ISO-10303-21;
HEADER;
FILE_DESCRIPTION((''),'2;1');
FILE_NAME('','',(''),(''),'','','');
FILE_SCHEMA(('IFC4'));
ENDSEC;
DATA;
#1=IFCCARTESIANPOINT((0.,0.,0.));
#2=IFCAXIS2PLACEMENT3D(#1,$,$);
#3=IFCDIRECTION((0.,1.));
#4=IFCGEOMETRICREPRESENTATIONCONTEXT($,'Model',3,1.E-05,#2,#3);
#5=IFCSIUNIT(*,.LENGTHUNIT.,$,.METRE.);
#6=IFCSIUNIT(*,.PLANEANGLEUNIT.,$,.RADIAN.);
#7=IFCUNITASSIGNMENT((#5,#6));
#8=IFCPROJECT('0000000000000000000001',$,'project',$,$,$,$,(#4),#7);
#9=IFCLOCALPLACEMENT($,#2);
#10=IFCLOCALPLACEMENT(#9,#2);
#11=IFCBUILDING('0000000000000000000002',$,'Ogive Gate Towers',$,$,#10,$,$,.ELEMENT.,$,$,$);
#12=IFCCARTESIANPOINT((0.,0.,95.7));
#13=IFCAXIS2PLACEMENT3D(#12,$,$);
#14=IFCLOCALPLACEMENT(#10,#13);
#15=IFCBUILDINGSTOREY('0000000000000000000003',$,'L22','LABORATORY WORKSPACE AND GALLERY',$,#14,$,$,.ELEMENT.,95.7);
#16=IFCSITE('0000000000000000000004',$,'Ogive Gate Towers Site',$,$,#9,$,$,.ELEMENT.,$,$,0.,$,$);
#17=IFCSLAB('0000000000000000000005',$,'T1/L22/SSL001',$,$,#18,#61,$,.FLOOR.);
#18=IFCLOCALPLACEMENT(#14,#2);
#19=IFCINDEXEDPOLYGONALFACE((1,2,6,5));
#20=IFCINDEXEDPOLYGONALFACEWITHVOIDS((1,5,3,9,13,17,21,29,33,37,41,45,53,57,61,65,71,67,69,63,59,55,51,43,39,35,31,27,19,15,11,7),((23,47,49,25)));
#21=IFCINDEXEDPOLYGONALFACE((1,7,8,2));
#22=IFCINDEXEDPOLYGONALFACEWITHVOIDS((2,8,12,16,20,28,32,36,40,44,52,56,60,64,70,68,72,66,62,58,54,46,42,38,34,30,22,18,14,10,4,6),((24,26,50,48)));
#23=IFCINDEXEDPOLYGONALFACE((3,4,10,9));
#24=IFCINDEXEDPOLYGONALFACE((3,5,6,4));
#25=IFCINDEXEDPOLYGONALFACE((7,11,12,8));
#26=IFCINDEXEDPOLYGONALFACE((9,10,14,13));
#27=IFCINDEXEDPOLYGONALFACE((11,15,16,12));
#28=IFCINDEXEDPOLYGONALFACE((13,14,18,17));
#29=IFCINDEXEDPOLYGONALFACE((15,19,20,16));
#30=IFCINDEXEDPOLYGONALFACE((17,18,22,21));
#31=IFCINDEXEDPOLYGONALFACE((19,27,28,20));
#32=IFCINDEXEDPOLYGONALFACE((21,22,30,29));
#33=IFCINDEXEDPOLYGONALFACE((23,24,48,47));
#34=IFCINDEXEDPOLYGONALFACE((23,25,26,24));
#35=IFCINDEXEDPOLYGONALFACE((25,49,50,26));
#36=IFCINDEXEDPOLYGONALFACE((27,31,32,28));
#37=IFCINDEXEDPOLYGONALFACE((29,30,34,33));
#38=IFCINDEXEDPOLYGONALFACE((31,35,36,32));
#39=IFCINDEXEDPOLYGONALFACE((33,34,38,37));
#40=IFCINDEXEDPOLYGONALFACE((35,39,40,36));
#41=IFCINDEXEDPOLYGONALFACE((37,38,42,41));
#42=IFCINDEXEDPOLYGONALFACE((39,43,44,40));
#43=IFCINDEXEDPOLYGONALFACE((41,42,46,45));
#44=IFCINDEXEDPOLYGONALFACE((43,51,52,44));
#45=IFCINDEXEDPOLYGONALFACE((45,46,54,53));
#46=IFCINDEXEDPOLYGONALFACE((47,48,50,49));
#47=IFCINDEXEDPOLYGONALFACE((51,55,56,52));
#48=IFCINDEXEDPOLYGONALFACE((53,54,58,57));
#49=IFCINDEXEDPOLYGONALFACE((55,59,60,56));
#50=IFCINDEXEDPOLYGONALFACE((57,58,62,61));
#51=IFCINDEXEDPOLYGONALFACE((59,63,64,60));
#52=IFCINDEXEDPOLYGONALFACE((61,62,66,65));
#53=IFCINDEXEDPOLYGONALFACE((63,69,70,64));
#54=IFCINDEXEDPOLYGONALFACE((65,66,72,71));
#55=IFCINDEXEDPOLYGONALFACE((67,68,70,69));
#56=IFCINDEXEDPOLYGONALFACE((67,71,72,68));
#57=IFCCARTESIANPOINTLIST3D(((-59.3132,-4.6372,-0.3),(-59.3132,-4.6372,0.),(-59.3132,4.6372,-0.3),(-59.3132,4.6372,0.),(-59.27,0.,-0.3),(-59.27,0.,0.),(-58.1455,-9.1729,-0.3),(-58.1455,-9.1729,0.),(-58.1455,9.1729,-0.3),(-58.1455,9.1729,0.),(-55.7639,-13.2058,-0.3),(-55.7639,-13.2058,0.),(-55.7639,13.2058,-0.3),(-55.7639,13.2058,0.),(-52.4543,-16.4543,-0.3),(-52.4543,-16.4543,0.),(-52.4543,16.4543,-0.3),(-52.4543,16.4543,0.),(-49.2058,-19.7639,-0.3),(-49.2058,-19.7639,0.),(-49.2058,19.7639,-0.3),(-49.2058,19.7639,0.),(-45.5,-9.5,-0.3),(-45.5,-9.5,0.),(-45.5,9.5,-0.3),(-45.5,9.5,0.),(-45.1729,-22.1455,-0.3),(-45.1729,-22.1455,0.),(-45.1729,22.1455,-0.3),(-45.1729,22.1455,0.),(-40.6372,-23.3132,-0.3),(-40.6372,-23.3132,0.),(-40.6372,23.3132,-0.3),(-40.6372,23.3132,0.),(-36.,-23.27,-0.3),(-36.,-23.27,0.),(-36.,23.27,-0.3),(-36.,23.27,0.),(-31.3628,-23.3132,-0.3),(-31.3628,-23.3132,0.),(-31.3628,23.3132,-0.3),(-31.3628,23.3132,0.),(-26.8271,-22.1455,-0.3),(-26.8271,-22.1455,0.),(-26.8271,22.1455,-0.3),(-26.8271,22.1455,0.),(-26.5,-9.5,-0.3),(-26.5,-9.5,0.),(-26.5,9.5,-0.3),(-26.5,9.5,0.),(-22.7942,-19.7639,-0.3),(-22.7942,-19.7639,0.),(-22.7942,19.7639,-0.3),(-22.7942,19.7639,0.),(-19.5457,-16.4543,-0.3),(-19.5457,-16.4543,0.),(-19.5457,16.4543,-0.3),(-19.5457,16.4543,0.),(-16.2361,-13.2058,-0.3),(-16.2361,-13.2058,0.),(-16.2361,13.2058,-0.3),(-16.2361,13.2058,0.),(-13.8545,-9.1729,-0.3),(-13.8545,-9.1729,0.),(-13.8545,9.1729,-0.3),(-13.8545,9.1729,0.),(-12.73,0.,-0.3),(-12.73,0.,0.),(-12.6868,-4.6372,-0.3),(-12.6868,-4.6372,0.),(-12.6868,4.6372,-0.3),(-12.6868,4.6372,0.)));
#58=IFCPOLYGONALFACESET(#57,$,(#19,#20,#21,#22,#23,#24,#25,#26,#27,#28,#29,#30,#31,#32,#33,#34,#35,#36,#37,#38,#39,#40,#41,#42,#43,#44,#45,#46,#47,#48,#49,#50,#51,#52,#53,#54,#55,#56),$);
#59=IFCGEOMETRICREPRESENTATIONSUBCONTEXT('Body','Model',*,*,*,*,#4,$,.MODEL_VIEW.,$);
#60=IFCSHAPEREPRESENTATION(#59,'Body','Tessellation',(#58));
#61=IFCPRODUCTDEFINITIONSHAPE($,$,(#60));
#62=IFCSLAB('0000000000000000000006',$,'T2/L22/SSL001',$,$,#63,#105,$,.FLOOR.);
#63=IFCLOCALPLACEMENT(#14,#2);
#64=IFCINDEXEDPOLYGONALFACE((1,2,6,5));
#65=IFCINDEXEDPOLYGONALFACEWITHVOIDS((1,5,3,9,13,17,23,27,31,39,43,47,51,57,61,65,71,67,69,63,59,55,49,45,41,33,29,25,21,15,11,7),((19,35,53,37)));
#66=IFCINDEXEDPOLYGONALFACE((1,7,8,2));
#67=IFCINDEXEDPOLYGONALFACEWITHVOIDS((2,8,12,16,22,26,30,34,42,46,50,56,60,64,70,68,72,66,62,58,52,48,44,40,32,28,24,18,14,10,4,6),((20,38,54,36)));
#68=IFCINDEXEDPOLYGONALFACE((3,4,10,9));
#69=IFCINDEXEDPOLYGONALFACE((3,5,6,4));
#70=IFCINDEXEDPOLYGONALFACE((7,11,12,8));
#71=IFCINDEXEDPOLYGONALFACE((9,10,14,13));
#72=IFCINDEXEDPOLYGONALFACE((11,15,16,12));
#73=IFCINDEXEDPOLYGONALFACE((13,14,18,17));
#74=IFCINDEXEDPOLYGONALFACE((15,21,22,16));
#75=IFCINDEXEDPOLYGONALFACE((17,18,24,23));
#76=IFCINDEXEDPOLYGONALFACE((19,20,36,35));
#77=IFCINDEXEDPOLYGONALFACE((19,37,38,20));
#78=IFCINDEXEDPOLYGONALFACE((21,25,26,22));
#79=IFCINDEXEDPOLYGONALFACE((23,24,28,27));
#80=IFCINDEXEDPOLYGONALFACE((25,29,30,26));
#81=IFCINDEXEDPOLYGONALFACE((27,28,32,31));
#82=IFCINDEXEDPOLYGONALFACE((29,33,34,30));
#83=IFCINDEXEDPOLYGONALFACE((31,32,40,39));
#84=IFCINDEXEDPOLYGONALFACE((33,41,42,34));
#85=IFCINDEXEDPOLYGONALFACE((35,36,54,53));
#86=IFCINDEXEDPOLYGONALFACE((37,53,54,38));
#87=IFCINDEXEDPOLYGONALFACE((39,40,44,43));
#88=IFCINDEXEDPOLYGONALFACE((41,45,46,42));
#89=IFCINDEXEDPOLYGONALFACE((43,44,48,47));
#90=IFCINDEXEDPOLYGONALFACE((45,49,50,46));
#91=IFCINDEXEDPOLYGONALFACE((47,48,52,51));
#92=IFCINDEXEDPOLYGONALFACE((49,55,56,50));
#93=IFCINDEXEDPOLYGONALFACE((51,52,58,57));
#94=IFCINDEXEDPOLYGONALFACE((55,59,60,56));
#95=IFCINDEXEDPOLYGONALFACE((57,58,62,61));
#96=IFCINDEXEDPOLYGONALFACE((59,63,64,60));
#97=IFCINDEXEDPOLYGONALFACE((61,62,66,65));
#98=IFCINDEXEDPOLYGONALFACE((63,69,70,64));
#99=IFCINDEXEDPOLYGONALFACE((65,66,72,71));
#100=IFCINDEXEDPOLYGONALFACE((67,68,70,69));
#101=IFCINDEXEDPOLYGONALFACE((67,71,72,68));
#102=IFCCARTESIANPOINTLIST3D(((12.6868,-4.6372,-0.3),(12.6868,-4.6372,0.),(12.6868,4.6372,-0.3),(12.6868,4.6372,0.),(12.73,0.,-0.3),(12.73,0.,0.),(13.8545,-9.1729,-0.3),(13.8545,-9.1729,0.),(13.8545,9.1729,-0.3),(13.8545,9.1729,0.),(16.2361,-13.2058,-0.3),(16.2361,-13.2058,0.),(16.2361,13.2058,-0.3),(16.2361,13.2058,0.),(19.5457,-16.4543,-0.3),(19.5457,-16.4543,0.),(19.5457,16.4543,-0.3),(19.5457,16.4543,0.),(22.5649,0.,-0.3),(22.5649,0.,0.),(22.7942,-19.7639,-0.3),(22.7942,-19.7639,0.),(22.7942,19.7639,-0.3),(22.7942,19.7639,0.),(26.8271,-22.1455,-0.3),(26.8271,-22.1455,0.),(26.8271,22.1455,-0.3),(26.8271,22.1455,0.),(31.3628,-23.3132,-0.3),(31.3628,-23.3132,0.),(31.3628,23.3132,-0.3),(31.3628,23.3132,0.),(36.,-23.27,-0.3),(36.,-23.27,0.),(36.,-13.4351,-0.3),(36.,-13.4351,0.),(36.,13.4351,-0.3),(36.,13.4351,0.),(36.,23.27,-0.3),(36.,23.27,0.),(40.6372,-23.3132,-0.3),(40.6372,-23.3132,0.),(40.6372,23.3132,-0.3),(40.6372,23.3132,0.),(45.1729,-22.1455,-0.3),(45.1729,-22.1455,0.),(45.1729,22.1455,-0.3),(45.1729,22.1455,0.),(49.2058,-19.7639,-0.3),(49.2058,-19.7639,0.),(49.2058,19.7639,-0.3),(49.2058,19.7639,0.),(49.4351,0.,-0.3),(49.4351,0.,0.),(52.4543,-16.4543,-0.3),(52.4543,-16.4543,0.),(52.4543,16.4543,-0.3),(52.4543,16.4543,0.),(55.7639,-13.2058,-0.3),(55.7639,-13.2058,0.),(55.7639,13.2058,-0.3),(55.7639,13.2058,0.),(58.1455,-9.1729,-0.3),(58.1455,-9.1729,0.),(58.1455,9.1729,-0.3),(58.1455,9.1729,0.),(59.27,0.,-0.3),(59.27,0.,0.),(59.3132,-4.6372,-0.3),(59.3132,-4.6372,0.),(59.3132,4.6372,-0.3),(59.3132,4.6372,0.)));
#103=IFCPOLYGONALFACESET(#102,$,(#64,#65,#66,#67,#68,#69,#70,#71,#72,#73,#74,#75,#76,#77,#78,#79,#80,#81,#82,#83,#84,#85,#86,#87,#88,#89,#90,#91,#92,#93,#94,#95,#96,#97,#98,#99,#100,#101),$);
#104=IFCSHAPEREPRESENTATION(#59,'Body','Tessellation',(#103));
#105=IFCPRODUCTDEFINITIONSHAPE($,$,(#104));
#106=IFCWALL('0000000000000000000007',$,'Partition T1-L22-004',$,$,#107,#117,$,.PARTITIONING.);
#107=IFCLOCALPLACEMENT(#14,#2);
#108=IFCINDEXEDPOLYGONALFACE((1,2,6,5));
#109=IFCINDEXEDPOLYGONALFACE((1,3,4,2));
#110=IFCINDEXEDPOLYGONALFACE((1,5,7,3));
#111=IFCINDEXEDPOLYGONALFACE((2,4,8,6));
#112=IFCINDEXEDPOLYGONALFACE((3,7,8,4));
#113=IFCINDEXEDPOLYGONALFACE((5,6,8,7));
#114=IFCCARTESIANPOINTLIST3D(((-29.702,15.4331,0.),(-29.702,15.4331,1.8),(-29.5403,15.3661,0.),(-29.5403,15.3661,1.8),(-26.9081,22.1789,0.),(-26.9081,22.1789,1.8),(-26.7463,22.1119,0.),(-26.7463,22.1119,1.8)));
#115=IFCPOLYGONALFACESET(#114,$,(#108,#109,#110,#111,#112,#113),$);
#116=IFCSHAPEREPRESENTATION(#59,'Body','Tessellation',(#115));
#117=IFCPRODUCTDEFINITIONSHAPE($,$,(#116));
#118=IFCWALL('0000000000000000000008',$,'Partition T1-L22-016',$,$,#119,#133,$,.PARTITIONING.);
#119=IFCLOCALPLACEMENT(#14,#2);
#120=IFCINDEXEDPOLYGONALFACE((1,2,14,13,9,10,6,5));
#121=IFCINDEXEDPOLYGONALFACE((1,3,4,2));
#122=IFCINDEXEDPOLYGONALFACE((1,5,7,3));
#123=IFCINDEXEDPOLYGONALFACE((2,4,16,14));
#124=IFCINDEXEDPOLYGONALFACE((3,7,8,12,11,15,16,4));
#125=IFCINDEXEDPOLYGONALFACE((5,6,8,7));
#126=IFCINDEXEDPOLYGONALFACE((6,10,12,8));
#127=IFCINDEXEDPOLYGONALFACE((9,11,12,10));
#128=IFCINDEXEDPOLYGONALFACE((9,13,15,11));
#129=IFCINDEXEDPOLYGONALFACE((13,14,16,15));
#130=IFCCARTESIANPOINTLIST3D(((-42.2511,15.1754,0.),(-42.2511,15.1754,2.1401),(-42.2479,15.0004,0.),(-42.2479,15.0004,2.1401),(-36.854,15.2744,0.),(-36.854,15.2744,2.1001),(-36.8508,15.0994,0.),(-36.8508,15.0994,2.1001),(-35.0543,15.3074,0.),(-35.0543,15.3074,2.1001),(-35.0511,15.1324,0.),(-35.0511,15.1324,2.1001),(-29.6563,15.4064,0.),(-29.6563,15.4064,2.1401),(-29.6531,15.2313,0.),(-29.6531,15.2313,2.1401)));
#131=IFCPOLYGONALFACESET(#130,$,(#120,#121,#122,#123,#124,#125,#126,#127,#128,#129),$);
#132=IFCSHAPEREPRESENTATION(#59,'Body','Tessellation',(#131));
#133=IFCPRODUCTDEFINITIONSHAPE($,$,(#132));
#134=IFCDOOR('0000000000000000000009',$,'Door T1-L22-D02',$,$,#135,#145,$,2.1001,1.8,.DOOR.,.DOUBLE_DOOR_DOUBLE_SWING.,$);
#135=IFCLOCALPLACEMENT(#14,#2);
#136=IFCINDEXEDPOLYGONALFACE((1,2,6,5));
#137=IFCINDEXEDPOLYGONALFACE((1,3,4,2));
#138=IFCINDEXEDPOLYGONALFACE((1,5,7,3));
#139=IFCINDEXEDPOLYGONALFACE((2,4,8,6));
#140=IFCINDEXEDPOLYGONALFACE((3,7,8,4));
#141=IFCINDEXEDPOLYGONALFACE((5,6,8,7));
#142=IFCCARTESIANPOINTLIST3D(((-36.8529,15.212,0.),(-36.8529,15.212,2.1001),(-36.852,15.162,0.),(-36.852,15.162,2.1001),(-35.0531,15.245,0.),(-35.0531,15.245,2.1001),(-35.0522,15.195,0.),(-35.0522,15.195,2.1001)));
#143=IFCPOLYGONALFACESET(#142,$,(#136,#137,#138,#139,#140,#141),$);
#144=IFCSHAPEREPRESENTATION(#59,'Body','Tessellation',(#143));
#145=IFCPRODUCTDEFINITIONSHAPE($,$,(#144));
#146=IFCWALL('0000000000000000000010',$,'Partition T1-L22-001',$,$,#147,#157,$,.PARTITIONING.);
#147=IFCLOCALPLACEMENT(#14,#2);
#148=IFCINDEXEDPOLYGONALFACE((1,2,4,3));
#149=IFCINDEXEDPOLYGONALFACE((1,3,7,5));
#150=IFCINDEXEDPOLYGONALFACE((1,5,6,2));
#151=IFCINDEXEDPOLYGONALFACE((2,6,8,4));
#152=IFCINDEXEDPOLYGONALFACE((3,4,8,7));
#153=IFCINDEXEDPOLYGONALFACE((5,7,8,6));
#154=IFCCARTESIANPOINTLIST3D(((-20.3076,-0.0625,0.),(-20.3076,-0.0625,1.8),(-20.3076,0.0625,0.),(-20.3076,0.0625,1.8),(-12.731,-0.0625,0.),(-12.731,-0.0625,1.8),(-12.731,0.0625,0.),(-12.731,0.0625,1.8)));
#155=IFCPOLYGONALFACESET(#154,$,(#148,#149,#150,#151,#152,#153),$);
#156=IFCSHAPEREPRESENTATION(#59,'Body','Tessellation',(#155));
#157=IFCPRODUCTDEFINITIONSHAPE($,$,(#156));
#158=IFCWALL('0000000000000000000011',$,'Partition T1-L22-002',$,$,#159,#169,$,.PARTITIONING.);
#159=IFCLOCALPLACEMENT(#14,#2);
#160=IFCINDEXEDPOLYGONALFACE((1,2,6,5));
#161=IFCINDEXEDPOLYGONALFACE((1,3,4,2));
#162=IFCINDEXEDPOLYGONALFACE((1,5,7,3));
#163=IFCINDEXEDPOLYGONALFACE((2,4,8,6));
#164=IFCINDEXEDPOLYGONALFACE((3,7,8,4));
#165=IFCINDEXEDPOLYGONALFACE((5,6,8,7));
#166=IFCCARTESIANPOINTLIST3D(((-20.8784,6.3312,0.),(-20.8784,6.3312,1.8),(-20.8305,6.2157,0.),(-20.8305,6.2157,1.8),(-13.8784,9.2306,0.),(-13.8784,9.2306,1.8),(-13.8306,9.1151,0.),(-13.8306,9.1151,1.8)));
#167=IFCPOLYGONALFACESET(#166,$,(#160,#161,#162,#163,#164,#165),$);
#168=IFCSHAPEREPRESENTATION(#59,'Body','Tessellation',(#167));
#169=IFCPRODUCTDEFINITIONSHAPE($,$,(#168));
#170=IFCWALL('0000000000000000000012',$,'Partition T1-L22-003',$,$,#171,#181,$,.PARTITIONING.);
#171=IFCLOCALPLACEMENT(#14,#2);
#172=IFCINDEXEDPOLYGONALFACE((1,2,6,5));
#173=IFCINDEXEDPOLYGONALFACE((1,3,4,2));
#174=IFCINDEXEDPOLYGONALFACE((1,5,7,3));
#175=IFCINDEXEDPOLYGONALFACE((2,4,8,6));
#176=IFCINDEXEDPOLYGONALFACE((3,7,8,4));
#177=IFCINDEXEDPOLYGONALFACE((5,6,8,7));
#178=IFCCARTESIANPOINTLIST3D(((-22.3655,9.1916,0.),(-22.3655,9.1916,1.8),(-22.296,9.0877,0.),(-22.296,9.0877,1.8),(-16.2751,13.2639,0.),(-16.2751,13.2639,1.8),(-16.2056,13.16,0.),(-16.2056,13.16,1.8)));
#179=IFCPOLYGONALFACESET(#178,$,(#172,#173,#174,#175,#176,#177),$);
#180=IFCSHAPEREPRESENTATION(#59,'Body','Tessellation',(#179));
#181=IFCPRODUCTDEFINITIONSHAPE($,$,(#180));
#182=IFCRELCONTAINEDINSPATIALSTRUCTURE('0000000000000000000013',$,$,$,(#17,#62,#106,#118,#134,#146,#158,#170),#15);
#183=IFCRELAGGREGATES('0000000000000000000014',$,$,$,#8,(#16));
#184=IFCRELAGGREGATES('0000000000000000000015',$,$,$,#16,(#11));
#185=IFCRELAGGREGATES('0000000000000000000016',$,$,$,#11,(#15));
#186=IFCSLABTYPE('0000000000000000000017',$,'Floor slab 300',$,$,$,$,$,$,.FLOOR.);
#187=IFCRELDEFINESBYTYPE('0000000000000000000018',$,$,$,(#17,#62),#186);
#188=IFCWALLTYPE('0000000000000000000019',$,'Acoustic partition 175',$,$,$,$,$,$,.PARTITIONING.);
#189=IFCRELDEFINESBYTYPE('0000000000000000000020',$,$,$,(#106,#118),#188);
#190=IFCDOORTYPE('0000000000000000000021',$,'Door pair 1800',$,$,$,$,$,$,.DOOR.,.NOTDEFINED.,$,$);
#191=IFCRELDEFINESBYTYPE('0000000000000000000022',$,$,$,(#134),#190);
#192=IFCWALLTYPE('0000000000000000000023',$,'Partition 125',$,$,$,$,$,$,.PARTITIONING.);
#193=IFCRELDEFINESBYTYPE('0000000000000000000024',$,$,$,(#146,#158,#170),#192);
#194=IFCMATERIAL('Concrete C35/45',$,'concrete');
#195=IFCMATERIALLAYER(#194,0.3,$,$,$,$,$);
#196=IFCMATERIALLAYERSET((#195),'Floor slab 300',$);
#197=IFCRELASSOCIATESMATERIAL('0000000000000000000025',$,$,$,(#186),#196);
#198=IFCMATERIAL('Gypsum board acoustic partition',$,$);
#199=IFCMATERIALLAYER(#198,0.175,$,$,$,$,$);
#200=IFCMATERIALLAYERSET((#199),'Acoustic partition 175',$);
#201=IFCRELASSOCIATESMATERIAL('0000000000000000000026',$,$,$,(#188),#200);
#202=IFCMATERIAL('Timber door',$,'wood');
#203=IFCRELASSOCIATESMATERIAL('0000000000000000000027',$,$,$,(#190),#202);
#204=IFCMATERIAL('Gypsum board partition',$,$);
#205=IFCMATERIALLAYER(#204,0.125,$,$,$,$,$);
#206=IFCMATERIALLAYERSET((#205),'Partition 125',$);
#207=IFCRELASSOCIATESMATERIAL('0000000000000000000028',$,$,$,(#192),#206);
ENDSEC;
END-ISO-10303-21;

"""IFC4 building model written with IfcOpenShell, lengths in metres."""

from ifc_helpers import new_model, si_unit, direction, frame, frame_2d, origin, place, context, subcontext, project, spatial, polyline, rectangle, outline, extrude, material, layer, layer_set, type_object, element, fill, save


model = new_model("IFC4")

# Units and contexts
model_context = context("Model", 3, precision=1e-05, world=origin(), true_north=direction((0.0, 1.0)))
body_context = subcontext(model_context, "Body", "Model", "MODEL_VIEW")
ifc_project = project(units=[si_unit("LENGTHUNIT", "METRE"), si_unit("PLANEANGLEUNIT", "RADIAN")], contexts=[model_context])

# Site, building, storey
site_placement = place(None, origin())
site = spatial("IfcSite", under=ifc_project, at=site_placement, Name="Ogive Gate Towers Site", CompositionType="ELEMENT", RefElevation=0.0)
building_placement = place(site_placement, origin())
building = spatial("IfcBuilding", under=site, at=building_placement, Name="Ogive Gate Towers", CompositionType="ELEMENT")
storey_placement = place(building_placement, frame((0.0, 0.0, 95.7)))
storey = spatial("IfcBuildingStorey", under=building, at=storey_placement, Name="L22", Description="LABORATORY WORKSPACE AND GALLERY", CompositionType="ELEMENT", Elevation=95.7)

# Slabs
ifc_material_1 = material(Name="Concrete C35/45", Category="concrete")
ifc_layer_1 = layer(ifc_material_1, 0.3)
ifc_layer_set_1 = layer_set([ifc_layer_1], Name="Floor slab 300")
slab_type_1 = type_object("IfcSlabType", Name="Floor slab 300", PredefinedType="FLOOR", material=ifc_layer_set_1)
slab_1_placement = place(storey_placement, frame((0.0, 0.0, -0.3)))
element("IfcSlab", 1, at=slab_1_placement, inside=storey, type_object=slab_type_1, Name="T1/L22/SSL001", PredefinedType="FLOOR", context=body_context, shape_type="SweptSolid", body=[
    extrude(outline(polyline([(-12.6868, -4.6372), (-12.73, 0.0), (-12.6868, 4.6372), (-13.8545, 9.1729), (-16.2361, 13.2058), (-19.5457, 16.4543), (-22.7942, 19.7639), (-26.8271, 22.1455), (-31.3628, 23.3132), (-36.0, 23.27), (-40.6372, 23.3132), (-45.1729, 22.1455), (-49.2058, 19.7639), (-52.4543, 16.4543), (-55.7639, 13.2058), (-58.1455, 9.1729), (-59.3132, 4.6372), (-59.27, 0.0), (-59.3132, -4.6372), (-58.1455, -9.1729), (-55.7639, -13.2058), (-52.4543, -16.4543), (-49.2058, -19.7639), (-45.1729, -22.1455), (-40.6372, -23.3132), (-36.0, -23.27), (-31.3628, -23.3132), (-26.8271, -22.1455), (-22.7942, -19.7639), (-19.5457, -16.4543), (-16.2361, -13.2058), (-13.8545, -9.1729), (-12.6868, -4.6372)]), holes=[polyline([(-26.5, -9.5), (-45.5, -9.5), (-45.5, 9.5), (-26.5, 9.5), (-26.5, -9.5)])]), origin(), (0.0, 0.0, 1.0), 0.3),
])
slab_2_placement = place(storey_placement, frame((0.0, 0.0, -0.3)))
element("IfcSlab", 2, at=slab_2_placement, inside=storey, type_object=slab_type_1, Name="T2/L22/SSL001", PredefinedType="FLOOR", context=body_context, shape_type="SweptSolid", body=[
    extrude(outline(polyline([(59.3132, -4.6372), (59.27, 0.0), (59.3132, 4.6372), (58.1455, 9.1729), (55.7639, 13.2058), (52.4543, 16.4543), (49.2058, 19.7639), (45.1729, 22.1455), (40.6372, 23.3132), (36.0, 23.27), (31.3628, 23.3132), (26.8271, 22.1455), (22.7942, 19.7639), (19.5457, 16.4543), (16.2361, 13.2058), (13.8545, 9.1729), (12.6868, 4.6372), (12.73, 0.0), (12.6868, -4.6372), (13.8545, -9.1729), (16.2361, -13.2058), (19.5457, -16.4543), (22.7942, -19.7639), (26.8271, -22.1455), (31.3628, -23.3132), (36.0, -23.27), (40.6372, -23.3132), (45.1729, -22.1455), (49.2058, -19.7639), (52.4543, -16.4543), (55.7639, -13.2058), (58.1455, -9.1729), (59.3132, -4.6372)]), holes=[polyline([(49.4351, 0.0), (36.0, -13.4351), (22.5649, 0.0), (36.0, 13.4351), (49.4351, 0.0)])]), origin(), (0.0, 0.0, 1.0), 0.3),
])

# Wall
ifc_material_2 = material(Name="Gypsum board acoustic partition")
ifc_layer_2 = layer(ifc_material_2, 0.175)
ifc_layer_set_2 = layer_set([ifc_layer_2], Name="Acoustic partition 175")
wall_type_1 = type_object("IfcWallType", Name="Acoustic partition 175", PredefinedType="PARTITIONING", material=ifc_layer_set_2)
wall_1_placement = place(storey_placement, frame((-26.8271, 22.1455, 0.0), z_axis=(0.0, 0.0, 1.0), x_axis=(-0.382651, -0.923893, 0.0)))
element("IfcWall", 3, at=wall_1_placement, inside=storey, type_object=wall_type_1, Name="Partition T1-L22-004", PredefinedType="PARTITIONING", context=body_context, shape_type="SweptSolid", body=[
    extrude(rectangle(XDim=7.3015, YDim=0.175, at=frame_2d((3.6509, 0.0))), origin(), (0.0, 0.0, 1.0), 1.8),
])

# Wall, opening, door
wall_2_placement = place(storey_placement, frame((-29.6548, 15.3188, 0.0), z_axis=(0.0, 0.0, 1.0), x_axis=(-0.999832, -0.018335, 0.0)))
wall_2 = element("IfcWall", 4, at=wall_2_placement, inside=storey, type_object=wall_type_1, Name="Partition T1-L22-016", PredefinedType="PARTITIONING", context=body_context, shape_type="SweptSolid", body=[
    extrude(rectangle(XDim=12.5969, YDim=0.175, at=frame_2d((6.2983, 0.0))), origin(), (0.0, 0.0, 1.0), 2.1401),
])
opening_1_placement = place(wall_2_placement, frame((5.3989, 0.0, 0.0)))
opening_1 = element("IfcOpeningElement", 5, at=opening_1_placement, cuts=wall_2, PredefinedType="OPENING", context=body_context, shape_type="SweptSolid", body=[
    extrude(rectangle(XDim=1.8, YDim=2.1001, at=frame_2d((0.8999, 1.05))), frame((0.0, 0.0977, 0.0), z_axis=(0.0, -1.0, 0.0), x_axis=(1.0, 0.0, 0.0)), (0.0, 0.0, 1.0), 0.1951),
])
ifc_material_3 = material(Name="Timber door", Category="wood")
door_type_1 = type_object("IfcDoorType", Name="Door pair 1800", OperationType="NOTDEFINED", PredefinedType="DOOR", material=ifc_material_3)
door_1_placement = place(opening_1_placement, origin())
door_1 = element("IfcDoor", 6, at=door_1_placement, inside=storey, type_object=door_type_1, Name="Door T1-L22-D02", OperationType="DOUBLE_DOOR_DOUBLE_SWING", OverallHeight=2.1001, OverallWidth=1.8, PredefinedType="DOOR", context=body_context, shape_type="SweptSolid", body=[
    extrude(rectangle(XDim=1.8, YDim=2.1001, at=frame_2d((0.8999, 1.05))), frame((0.0, 0.0249, 0.0), z_axis=(0.0, -1.0, 0.0), x_axis=(1.0, 0.0, 0.0)), (0.0, 0.0, 1.0), 0.05),
])
fill(opening_1, door_1)

# Walls
ifc_material_4 = material(Name="Gypsum board partition")
ifc_layer_3 = layer(ifc_material_4, 0.125)
ifc_layer_set_3 = layer_set([ifc_layer_3], Name="Partition 125")
wall_type_2 = type_object("IfcWallType", Name="Partition 125", PredefinedType="PARTITIONING", material=ifc_layer_set_3)
for number, where, z_axis, x_axis, name in (
    (7, (-12.731, 0.0, 0.0), (0.0, 0.0, 1.0), (-1.0, 0.0, 0.0), "Partition T1-L22-001"),
    (8, (-13.8545, 9.1729, 0.0), (0.0, 0.0, 1.0), (-0.923883, -0.382674, 0.0), "Partition T1-L22-002"),
):
    element("IfcWall", number, at=place(storey_placement, frame(where, z_axis=z_axis, x_axis=x_axis)), inside=storey, type_object=wall_type_2, Name=name, PredefinedType="PARTITIONING", context=body_context, shape_type="SweptSolid", body=[
        extrude(rectangle(XDim=7.5767, YDim=0.125, at=frame_2d((3.7883, 0.0))), origin(), (0.0, 0.0, 1.0), 1.8),
    ])
wall_3_placement = place(storey_placement, frame((-16.2405, 13.2119, 0.0), z_axis=(0.0, 0.0, 1.0), x_axis=(-0.831291, -0.555838, 0.0)))
element("IfcWall", 9, at=wall_3_placement, inside=storey, type_object=wall_type_2, Name="Partition T1-L22-003", PredefinedType="PARTITIONING", context=body_context, shape_type="SweptSolid", body=[
    extrude(rectangle(XDim=7.3264, YDim=0.125, at=frame_2d((3.6631, 0.0))), origin(), (0.0, 0.0, 1.0), 1.8),
])

save(model, "model.ifc")
